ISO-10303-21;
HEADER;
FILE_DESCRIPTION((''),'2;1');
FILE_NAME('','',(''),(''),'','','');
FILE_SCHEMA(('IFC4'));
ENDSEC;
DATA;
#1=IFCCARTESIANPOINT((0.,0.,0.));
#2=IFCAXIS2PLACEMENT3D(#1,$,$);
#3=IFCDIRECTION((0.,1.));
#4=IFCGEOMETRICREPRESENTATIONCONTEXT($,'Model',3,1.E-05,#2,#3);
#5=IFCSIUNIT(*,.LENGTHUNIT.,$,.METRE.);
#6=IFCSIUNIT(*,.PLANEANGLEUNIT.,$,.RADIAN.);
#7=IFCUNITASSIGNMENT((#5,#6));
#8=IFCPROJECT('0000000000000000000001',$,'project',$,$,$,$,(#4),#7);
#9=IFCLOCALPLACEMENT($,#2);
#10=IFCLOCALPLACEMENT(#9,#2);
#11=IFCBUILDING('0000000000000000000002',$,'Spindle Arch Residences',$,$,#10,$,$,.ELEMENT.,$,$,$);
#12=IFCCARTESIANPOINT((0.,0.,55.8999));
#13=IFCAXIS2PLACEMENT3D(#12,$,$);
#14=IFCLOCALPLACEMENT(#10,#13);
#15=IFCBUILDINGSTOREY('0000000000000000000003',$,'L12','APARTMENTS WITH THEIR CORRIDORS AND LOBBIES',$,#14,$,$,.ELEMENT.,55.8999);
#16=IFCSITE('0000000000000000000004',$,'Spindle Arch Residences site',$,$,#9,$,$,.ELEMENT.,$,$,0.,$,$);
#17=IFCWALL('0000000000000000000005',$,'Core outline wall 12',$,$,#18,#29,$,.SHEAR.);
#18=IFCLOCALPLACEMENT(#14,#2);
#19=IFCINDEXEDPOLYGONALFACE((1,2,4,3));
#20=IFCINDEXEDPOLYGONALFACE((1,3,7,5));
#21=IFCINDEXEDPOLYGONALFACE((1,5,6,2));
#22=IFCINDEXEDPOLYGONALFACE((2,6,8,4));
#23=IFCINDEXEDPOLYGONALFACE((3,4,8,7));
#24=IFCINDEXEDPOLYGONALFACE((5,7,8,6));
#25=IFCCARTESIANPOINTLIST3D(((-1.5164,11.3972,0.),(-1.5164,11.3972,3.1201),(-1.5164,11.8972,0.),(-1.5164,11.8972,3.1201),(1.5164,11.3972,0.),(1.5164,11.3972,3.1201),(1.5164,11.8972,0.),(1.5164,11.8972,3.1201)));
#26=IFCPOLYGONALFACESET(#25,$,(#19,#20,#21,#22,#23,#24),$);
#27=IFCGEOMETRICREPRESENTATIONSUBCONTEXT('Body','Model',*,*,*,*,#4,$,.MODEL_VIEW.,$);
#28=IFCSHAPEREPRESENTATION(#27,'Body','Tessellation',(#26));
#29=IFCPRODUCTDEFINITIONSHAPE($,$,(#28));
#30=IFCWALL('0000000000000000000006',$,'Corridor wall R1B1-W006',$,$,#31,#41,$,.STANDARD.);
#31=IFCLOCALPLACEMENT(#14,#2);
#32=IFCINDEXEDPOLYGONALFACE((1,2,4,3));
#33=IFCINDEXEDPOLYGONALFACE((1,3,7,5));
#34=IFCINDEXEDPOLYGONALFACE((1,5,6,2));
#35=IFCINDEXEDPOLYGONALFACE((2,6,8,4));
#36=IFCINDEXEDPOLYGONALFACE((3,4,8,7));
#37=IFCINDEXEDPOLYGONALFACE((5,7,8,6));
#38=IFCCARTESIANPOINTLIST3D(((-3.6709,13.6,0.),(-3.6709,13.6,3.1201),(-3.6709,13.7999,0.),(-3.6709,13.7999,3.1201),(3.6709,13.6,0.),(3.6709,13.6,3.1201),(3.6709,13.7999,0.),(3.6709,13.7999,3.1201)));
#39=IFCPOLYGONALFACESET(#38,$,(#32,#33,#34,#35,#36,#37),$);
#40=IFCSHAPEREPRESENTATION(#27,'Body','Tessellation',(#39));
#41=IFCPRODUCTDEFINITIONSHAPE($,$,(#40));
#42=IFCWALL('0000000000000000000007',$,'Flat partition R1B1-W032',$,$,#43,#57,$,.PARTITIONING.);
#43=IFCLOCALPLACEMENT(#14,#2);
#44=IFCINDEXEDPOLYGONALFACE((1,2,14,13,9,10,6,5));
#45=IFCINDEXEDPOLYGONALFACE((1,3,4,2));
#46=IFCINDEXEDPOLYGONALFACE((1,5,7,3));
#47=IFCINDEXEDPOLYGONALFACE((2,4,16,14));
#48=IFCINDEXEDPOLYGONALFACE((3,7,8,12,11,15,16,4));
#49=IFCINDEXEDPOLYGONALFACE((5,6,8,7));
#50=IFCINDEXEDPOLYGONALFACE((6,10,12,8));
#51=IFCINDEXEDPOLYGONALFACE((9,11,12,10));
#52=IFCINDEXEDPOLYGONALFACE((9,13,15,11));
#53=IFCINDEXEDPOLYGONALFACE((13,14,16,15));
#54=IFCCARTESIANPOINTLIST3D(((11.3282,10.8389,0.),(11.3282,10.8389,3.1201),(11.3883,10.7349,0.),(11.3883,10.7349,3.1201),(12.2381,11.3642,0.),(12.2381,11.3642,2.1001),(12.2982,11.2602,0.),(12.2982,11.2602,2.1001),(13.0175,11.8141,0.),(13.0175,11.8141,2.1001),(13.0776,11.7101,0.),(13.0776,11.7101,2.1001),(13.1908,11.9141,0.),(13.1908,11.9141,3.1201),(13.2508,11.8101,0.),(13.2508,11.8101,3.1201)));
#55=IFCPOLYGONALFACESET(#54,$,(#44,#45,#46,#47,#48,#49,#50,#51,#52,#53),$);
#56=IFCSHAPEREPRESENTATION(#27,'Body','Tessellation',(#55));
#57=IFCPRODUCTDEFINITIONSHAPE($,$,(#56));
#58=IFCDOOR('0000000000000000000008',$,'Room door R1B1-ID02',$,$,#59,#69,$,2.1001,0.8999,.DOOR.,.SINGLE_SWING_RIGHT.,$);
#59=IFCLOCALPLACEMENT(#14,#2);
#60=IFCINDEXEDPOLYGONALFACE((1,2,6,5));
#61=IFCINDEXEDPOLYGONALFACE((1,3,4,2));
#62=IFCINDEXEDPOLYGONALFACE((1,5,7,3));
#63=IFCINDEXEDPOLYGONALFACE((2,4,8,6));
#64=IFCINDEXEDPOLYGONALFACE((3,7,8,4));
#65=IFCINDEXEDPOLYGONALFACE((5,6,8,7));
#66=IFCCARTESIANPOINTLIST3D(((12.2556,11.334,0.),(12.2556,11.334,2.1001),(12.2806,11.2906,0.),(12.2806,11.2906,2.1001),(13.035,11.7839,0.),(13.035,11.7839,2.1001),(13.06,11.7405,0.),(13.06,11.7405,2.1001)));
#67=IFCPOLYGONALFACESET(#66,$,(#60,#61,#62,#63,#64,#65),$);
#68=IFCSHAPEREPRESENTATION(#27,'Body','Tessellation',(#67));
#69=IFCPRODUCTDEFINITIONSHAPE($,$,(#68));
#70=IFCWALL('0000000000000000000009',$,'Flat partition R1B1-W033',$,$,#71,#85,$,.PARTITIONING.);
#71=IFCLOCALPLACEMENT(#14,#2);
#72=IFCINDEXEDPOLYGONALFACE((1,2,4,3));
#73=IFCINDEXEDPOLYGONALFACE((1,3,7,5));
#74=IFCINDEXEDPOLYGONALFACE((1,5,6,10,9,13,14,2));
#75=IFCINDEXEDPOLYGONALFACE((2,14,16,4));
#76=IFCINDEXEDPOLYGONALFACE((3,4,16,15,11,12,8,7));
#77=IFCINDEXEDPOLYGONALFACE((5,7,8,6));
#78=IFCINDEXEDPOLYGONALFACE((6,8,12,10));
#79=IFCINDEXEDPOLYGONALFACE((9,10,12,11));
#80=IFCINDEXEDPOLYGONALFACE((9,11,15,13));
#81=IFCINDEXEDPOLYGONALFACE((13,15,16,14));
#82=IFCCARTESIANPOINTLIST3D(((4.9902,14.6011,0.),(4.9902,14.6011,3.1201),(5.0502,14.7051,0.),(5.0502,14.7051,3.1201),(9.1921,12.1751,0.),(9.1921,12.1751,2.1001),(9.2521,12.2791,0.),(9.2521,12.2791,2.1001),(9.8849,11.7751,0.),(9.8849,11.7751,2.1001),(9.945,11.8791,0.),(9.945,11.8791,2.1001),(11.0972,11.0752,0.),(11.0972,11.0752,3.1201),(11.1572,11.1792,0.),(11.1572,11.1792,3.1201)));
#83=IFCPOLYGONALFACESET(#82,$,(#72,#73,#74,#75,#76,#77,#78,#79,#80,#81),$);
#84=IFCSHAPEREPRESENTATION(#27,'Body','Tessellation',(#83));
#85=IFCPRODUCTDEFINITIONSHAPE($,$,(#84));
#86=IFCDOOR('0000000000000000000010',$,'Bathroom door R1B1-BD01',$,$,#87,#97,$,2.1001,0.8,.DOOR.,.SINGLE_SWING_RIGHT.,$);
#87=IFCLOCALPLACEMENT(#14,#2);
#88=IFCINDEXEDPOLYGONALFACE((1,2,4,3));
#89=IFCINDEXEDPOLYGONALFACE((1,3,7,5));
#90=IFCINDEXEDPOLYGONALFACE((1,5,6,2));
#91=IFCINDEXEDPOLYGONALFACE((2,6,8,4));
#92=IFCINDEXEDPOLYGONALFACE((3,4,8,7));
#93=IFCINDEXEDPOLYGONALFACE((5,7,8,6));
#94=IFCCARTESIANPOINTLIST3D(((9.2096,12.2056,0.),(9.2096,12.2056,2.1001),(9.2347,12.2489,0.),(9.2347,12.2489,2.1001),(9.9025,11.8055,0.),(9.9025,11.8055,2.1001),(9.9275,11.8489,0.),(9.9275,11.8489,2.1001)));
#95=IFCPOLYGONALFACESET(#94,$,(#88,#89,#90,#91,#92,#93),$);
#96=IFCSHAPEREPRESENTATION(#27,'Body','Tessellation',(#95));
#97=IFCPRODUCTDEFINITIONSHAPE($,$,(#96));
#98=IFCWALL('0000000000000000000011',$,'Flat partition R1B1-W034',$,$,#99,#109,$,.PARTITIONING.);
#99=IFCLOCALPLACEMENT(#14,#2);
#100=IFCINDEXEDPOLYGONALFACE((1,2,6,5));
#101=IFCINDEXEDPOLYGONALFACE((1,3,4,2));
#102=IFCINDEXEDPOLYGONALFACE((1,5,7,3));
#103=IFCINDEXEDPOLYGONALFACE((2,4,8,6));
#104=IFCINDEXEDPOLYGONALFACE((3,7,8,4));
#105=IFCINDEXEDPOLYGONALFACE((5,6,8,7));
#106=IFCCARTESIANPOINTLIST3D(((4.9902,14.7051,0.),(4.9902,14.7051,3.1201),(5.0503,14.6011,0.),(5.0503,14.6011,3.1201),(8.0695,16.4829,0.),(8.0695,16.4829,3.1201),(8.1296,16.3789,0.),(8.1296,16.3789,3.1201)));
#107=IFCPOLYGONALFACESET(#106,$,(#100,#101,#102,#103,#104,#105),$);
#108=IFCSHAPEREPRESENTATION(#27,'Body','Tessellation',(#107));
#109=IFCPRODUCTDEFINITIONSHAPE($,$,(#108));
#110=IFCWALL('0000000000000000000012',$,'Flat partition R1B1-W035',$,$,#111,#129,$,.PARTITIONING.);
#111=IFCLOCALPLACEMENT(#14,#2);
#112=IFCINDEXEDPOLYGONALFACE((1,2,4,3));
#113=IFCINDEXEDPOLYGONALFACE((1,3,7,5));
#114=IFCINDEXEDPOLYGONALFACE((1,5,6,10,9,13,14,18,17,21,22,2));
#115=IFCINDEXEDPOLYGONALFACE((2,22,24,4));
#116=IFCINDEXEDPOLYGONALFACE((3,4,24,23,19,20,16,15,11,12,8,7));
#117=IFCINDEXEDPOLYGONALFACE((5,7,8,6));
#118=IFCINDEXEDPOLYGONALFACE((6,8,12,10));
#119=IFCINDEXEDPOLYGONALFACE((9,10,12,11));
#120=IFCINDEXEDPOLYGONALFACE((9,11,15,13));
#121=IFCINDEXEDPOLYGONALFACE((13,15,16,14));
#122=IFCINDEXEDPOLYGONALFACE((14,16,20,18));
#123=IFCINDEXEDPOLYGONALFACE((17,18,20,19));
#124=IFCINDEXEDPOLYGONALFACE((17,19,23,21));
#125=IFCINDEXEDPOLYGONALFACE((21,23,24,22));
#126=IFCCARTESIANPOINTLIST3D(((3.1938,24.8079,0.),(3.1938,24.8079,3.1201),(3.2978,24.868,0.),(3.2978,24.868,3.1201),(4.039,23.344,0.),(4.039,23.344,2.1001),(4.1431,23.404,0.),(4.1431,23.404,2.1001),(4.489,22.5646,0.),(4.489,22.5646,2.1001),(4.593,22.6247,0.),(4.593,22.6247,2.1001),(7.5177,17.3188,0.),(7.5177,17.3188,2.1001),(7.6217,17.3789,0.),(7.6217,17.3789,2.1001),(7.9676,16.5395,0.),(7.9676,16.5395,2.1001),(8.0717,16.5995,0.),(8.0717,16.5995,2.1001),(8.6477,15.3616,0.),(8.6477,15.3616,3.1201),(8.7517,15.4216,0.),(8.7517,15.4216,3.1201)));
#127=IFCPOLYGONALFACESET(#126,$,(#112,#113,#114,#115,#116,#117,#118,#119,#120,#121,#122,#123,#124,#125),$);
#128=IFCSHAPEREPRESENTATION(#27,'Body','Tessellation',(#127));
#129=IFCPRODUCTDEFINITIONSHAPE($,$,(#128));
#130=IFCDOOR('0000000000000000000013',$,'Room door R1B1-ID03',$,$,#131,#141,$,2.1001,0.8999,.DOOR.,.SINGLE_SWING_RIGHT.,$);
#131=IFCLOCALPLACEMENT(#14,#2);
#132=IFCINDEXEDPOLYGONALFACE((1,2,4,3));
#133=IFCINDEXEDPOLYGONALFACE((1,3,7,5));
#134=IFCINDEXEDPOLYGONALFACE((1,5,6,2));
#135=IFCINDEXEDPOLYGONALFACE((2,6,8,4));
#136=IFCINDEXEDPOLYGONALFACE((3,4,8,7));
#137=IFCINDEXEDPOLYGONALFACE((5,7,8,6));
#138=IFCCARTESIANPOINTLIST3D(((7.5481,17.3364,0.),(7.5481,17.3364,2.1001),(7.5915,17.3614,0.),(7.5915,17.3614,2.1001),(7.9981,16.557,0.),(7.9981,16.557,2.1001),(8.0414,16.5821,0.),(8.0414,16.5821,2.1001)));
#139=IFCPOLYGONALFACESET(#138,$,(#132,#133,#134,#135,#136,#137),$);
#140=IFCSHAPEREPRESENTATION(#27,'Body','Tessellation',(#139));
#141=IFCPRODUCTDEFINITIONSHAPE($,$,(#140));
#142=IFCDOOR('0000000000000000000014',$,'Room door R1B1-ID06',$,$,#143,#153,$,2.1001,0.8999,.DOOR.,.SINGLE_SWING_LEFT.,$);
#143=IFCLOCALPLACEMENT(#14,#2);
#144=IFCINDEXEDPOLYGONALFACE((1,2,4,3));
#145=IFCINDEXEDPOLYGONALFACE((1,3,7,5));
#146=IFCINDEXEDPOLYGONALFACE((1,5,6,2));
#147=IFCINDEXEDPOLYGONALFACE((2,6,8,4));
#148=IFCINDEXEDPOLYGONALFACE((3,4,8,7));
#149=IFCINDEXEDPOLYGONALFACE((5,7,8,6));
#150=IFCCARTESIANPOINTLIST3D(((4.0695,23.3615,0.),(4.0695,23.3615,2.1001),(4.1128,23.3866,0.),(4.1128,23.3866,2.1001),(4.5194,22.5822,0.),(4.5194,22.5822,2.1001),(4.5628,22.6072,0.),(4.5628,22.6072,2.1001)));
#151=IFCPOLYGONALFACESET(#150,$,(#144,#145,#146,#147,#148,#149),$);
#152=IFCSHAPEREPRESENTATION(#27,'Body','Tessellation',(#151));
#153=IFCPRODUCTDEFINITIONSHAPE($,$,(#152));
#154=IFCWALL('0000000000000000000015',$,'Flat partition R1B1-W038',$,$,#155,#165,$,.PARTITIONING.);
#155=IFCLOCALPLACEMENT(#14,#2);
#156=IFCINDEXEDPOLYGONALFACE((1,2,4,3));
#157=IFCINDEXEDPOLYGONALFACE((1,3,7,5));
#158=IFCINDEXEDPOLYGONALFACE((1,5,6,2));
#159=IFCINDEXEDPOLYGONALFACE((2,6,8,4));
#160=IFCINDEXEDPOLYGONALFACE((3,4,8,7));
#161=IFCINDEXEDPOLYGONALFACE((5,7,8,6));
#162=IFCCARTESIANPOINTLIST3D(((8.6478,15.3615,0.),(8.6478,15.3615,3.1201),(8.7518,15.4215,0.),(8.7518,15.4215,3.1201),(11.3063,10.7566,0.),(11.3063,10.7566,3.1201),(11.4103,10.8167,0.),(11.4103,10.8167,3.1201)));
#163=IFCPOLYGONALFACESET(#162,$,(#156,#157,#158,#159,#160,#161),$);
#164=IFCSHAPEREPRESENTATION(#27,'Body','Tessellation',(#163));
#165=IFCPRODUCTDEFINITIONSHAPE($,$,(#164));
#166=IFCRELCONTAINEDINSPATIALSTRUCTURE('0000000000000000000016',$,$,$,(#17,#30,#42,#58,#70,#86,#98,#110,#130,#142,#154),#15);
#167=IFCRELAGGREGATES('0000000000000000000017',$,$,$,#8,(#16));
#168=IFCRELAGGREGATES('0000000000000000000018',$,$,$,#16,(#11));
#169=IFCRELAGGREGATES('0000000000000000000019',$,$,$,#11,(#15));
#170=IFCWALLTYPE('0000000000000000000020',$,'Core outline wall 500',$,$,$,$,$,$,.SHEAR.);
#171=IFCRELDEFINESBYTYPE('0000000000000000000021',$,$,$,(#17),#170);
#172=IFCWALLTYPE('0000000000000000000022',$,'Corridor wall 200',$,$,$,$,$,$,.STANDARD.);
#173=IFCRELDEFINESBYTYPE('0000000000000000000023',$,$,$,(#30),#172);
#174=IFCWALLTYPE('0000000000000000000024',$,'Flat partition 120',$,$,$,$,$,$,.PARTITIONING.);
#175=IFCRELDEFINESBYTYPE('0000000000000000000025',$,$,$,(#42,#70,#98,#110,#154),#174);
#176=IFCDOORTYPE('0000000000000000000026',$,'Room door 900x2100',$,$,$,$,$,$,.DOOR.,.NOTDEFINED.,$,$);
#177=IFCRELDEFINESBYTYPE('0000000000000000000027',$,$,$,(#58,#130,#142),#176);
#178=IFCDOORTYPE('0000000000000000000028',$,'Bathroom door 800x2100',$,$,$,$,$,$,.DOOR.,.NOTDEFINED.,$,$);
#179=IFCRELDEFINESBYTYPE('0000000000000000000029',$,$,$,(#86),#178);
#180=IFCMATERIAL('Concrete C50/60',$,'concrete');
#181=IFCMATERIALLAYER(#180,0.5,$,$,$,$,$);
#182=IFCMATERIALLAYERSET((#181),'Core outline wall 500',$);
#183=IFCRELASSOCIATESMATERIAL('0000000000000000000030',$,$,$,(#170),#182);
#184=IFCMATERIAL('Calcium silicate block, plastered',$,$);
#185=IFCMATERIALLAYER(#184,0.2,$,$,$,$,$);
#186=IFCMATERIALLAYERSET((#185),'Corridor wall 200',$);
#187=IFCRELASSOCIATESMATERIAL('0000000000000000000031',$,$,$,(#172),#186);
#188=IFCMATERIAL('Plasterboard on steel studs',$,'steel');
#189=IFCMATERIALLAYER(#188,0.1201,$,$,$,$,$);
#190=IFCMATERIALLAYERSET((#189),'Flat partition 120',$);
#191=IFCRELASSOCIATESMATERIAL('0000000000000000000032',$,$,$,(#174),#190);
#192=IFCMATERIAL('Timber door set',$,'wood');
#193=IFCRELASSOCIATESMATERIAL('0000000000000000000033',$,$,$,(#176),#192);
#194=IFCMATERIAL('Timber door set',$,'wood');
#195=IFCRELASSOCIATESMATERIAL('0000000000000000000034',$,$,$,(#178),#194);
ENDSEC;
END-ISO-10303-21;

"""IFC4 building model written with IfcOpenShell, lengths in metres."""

from ifc_helpers import new_model, si_unit, direction, frame, frame_2d, origin, place, context, subcontext, project, spatial, rectangle, extrude, material, layer, layer_set, type_object, element, fill, save


model = new_model("IFC4")

# Units and contexts
model_context = context("Model", 3, precision=1e-05, world=origin(), true_north=direction((0.0, 1.0)))
body_context = subcontext(model_context, "Body", "Model", "MODEL_VIEW")
ifc_project = project(units=[si_unit("LENGTHUNIT", "METRE"), si_unit("PLANEANGLEUNIT", "RADIAN")], contexts=[model_context])

# Site, building, storey
site_placement = place(None, origin())
site = spatial("IfcSite", under=ifc_project, at=site_placement, Name="Spindle Arch Residences site", CompositionType="ELEMENT", RefElevation=0.0)
building_placement = place(site_placement, origin())
building = spatial("IfcBuilding", under=site, at=building_placement, Name="Spindle Arch Residences", CompositionType="ELEMENT")
storey_placement = place(building_placement, frame((0.0, 0.0, 55.8999)))
storey = spatial("IfcBuildingStorey", under=building, at=storey_placement, Name="L12", Description="APARTMENTS WITH THEIR CORRIDORS AND LOBBIES", CompositionType="ELEMENT", Elevation=55.8999)

# Walls
ifc_material_1 = material(Name="Concrete C50/60", Category="concrete")
ifc_layer_1 = layer(ifc_material_1, 0.5)
ifc_layer_set_1 = layer_set([ifc_layer_1], Name="Core outline wall 500")
wall_type_1 = type_object("IfcWallType", Name="Core outline wall 500", PredefinedType="SHEAR", material=ifc_layer_set_1)
wall_1_placement = place(storey_placement, frame((1.5164, 11.6472, 0.0), z_axis=(0.0, 0.0, 1.0), x_axis=(-1.0, 0.0, 0.0)))
element("IfcWall", 1, at=wall_1_placement, inside=storey, type_object=wall_type_1, Name="Core outline wall 12", PredefinedType="SHEAR", context=body_context, shape_type="SweptSolid", body=[
    extrude(rectangle(XDim=3.0327, YDim=0.5, at=frame_2d((1.5164, 0.0))), origin(), (0.0, 0.0, 1.0), 3.1201),
])
ifc_material_2 = material(Name="Calcium silicate block, plastered")
ifc_layer_2 = layer(ifc_material_2, 0.2)
ifc_layer_set_2 = layer_set([ifc_layer_2], Name="Corridor wall 200")
wall_type_2 = type_object("IfcWallType", Name="Corridor wall 200", PredefinedType="STANDARD", material=ifc_layer_set_2)
wall_2_placement = place(storey_placement, frame((3.6709, 13.7, 0.0), z_axis=(0.0, 0.0, 1.0), x_axis=(-1.0, 0.0, 0.0)))
element("IfcWall", 2, at=wall_2_placement, inside=storey, type_object=wall_type_2, Name="Corridor wall R1B1-W006", PredefinedType="STANDARD", context=body_context, shape_type="SweptSolid", body=[
    extrude(rectangle(XDim=7.3418, YDim=0.2, at=frame_2d((3.6709, 0.0))), origin(), (0.0, 0.0, 1.0), 3.1201),
])

# Walls, openings, doors
ifc_material_3 = material(Name="Plasterboard on steel studs", Category="steel")
ifc_layer_3 = layer(ifc_material_3, 0.1201)
ifc_layer_set_3 = layer_set([ifc_layer_3], Name="Flat partition 120")
wall_type_3 = type_object("IfcWallType", Name="Flat partition 120", PredefinedType="PARTITIONING", material=ifc_layer_set_3)
wall_3_placement = place(storey_placement, frame((13.2207, 11.8621, 0.0), z_axis=(0.0, 0.0, 1.0), x_axis=(-0.866055, -0.499948, 0.0)))
wall_3 = element("IfcWall", 3, at=wall_3_placement, inside=storey, type_object=wall_type_3, Name="Flat partition R1B1-W032", PredefinedType="PARTITIONING", context=body_context, shape_type="SweptSolid", body=[
    extrude(rectangle(XDim=2.1506, YDim=0.1201, at=frame_2d((1.0752, 0.0))), origin(), (0.0, 0.0, 1.0), 3.1201),
])
opening_1_placement = place(wall_3_placement, frame((0.2, 0.0, 0.0)))
opening_1 = element("IfcOpeningElement", 4, at=opening_1_placement, cuts=wall_3, PredefinedType="OPENING", context=body_context, shape_type="SweptSolid", body=[
    extrude(rectangle(XDim=0.8999, YDim=2.1001, at=frame_2d((0.45, 1.05))), frame((0.0, 0.0701, 0.0), z_axis=(0.0, -1.0, 0.0), x_axis=(1.0, 0.0, 0.0)), (0.0, 0.0, 1.0), 0.1401),
])
ifc_material_4 = material(Name="Timber door set", Category="wood")
door_type_1 = type_object("IfcDoorType", Name="Room door 900x2100", OperationType="NOTDEFINED", PredefinedType="DOOR", material=ifc_material_4)
door_1_placement = place(opening_1_placement, origin())
door_1 = element("IfcDoor", 5, at=door_1_placement, inside=storey, type_object=door_type_1, Name="Room door R1B1-ID02", OperationType="SINGLE_SWING_RIGHT", OverallHeight=2.1001, OverallWidth=0.8999, PredefinedType="DOOR", context=body_context, shape_type="SweptSolid", body=[
    extrude(rectangle(XDim=0.8999, YDim=2.1001, at=frame_2d((0.45, 1.05))), frame((0.0, 0.0249, 0.0), z_axis=(0.0, -1.0, 0.0), x_axis=(1.0, 0.0, 0.0)), (0.0, 0.0, 1.0), 0.05),
])
fill(opening_1, door_1)
wall_4_placement = place(storey_placement, frame((11.1272, 11.1272, 0.0), z_axis=(0.0, 0.0, 1.0), x_axis=(-0.866023, 0.500004, 0.0)))
wall_4 = element("IfcWall", 6, at=wall_4_placement, inside=storey, type_object=wall_type_3, Name="Flat partition R1B1-W033", PredefinedType="PARTITIONING", context=body_context, shape_type="SweptSolid", body=[
    extrude(rectangle(XDim=7.0518, YDim=0.1201, at=frame_2d((3.5259, 0.0))), origin(), (0.0, 0.0, 1.0), 3.1201),
])
opening_2_placement = place(wall_4_placement, frame((1.3999, 0.0, 0.0)))
opening_2 = element("IfcOpeningElement", 7, at=opening_2_placement, cuts=wall_4, PredefinedType="OPENING", context=body_context, shape_type="SweptSolid", body=[
    extrude(rectangle(XDim=0.8, YDim=2.1001, at=frame_2d((0.3999, 1.05))), frame((0.0, 0.0701, 0.0), z_axis=(0.0, -1.0, 0.0), x_axis=(1.0, 0.0, 0.0)), (0.0, 0.0, 1.0), 0.1401),
])
ifc_material_5 = material(Name="Timber door set", Category="wood")
door_type_2 = type_object("IfcDoorType", Name="Bathroom door 800x2100", OperationType="NOTDEFINED", PredefinedType="DOOR", material=ifc_material_5)
door_2_placement = place(opening_2_placement, origin())
door_2 = element("IfcDoor", 8, at=door_2_placement, inside=storey, type_object=door_type_2, Name="Bathroom door R1B1-BD01", OperationType="SINGLE_SWING_RIGHT", OverallHeight=2.1001, OverallWidth=0.8, PredefinedType="DOOR", context=body_context, shape_type="SweptSolid", body=[
    extrude(rectangle(XDim=0.8, YDim=2.1001, at=frame_2d((0.3999, 1.05))), frame((0.0, 0.0249, 0.0), z_axis=(0.0, -1.0, 0.0), x_axis=(1.0, 0.0, 0.0)), (0.0, 0.0, 1.0), 0.05),
])
fill(opening_2, door_2)

# Wall
wall_5_placement = place(storey_placement, frame((5.0203, 14.6531, 0.0), z_axis=(0.0, 0.0, 1.0), x_axis=(0.866029, 0.499994, 0.0)))
element("IfcWall", 9, at=wall_5_placement, inside=storey, type_object=wall_type_3, Name="Flat partition R1B1-W034", PredefinedType="PARTITIONING", context=body_context, shape_type="SweptSolid", body=[
    extrude(rectangle(XDim=3.5557, YDim=0.1201, at=frame_2d((1.7778, 0.0))), origin(), (0.0, 0.0, 1.0), 3.1201),
])

# Wall, openings, doors
wall_6_placement = place(storey_placement, frame((8.6997, 15.3916, 0.0), z_axis=(0.0, 0.0, 1.0), x_axis=(-0.500003, 0.866024, 0.0)))
wall_6 = element("IfcWall", 10, at=wall_6_placement, inside=storey, type_object=wall_type_3, Name="Flat partition R1B1-W035", PredefinedType="PARTITIONING", context=body_context, shape_type="SweptSolid", body=[
    extrude(rectangle(XDim=10.9077, YDim=0.1201, at=frame_2d((5.4539, 0.0))), origin(), (0.0, 0.0, 1.0), 3.1201),
])
opening_3_placement = place(wall_6_placement, frame((1.3601, 0.0, 0.0)))
opening_3 = element("IfcOpeningElement", 11, at=opening_3_placement, cuts=wall_6, PredefinedType="OPENING", context=body_context, shape_type="SweptSolid", body=[
    extrude(rectangle(XDim=0.8999, YDim=2.1001, at=frame_2d((0.45, 1.05))), frame((0.0, 0.0701, 0.0), z_axis=(0.0, -1.0, 0.0), x_axis=(1.0, 0.0, 0.0)), (0.0, 0.0, 1.0), 0.1401),
])
opening_4_placement = place(wall_6_placement, frame((8.3174, 0.0, 0.0)))
opening_4 = element("IfcOpeningElement", 12, at=opening_4_placement, cuts=wall_6, PredefinedType="OPENING", context=body_context, shape_type="SweptSolid", body=[
    extrude(rectangle(XDim=0.8999, YDim=2.1001, at=frame_2d((0.45, 1.05))), frame((0.0, 0.0701, 0.0), z_axis=(0.0, -1.0, 0.0), x_axis=(1.0, 0.0, 0.0)), (0.0, 0.0, 1.0), 0.1401),
])
door_3_placement = place(opening_3_placement, origin())
door_3 = element("IfcDoor", 13, at=door_3_placement, inside=storey, type_object=door_type_1, Name="Room door R1B1-ID03", OperationType="SINGLE_SWING_RIGHT", OverallHeight=2.1001, OverallWidth=0.8999, PredefinedType="DOOR", context=body_context, shape_type="SweptSolid", body=[
    extrude(rectangle(XDim=0.8999, YDim=2.1001, at=frame_2d((0.45, 1.05))), frame((0.0, 0.0249, 0.0), z_axis=(0.0, -1.0, 0.0), x_axis=(1.0, 0.0, 0.0)), (0.0, 0.0, 1.0), 0.05),
])
fill(opening_3, door_3)
door_4_placement = place(opening_4_placement, origin())
door_4 = element("IfcDoor", 14, at=door_4_placement, inside=storey, type_object=door_type_1, Name="Room door R1B1-ID06", OperationType="SINGLE_SWING_LEFT", OverallHeight=2.1001, OverallWidth=0.8999, PredefinedType="DOOR", context=body_context, shape_type="SweptSolid", body=[
    extrude(rectangle(XDim=0.8999, YDim=2.1001, at=frame_2d((0.45, 1.05))), frame((0.0, 0.0249, 0.0), z_axis=(0.0, -1.0, 0.0), x_axis=(1.0, 0.0, 0.0)), (0.0, 0.0, 1.0), 0.05),
])
fill(opening_4, door_4)

# Wall
wall_7_placement = place(storey_placement, frame((8.6997, 15.3916, 0.0), z_axis=(0.0, 0.0, 1.0), x_axis=(0.499986, -0.866033, 0.0)))
element("IfcWall", 15, at=wall_7_placement, inside=storey, type_object=wall_type_3, Name="Flat partition R1B1-W038", PredefinedType="PARTITIONING", context=body_context, shape_type="SweptSolid", body=[
    extrude(rectangle(XDim=5.3171, YDim=0.1201, at=frame_2d((2.6587, 0.0))), origin(), (0.0, 0.0, 1.0), 3.1201),
])

save(model, "model.ifc")
